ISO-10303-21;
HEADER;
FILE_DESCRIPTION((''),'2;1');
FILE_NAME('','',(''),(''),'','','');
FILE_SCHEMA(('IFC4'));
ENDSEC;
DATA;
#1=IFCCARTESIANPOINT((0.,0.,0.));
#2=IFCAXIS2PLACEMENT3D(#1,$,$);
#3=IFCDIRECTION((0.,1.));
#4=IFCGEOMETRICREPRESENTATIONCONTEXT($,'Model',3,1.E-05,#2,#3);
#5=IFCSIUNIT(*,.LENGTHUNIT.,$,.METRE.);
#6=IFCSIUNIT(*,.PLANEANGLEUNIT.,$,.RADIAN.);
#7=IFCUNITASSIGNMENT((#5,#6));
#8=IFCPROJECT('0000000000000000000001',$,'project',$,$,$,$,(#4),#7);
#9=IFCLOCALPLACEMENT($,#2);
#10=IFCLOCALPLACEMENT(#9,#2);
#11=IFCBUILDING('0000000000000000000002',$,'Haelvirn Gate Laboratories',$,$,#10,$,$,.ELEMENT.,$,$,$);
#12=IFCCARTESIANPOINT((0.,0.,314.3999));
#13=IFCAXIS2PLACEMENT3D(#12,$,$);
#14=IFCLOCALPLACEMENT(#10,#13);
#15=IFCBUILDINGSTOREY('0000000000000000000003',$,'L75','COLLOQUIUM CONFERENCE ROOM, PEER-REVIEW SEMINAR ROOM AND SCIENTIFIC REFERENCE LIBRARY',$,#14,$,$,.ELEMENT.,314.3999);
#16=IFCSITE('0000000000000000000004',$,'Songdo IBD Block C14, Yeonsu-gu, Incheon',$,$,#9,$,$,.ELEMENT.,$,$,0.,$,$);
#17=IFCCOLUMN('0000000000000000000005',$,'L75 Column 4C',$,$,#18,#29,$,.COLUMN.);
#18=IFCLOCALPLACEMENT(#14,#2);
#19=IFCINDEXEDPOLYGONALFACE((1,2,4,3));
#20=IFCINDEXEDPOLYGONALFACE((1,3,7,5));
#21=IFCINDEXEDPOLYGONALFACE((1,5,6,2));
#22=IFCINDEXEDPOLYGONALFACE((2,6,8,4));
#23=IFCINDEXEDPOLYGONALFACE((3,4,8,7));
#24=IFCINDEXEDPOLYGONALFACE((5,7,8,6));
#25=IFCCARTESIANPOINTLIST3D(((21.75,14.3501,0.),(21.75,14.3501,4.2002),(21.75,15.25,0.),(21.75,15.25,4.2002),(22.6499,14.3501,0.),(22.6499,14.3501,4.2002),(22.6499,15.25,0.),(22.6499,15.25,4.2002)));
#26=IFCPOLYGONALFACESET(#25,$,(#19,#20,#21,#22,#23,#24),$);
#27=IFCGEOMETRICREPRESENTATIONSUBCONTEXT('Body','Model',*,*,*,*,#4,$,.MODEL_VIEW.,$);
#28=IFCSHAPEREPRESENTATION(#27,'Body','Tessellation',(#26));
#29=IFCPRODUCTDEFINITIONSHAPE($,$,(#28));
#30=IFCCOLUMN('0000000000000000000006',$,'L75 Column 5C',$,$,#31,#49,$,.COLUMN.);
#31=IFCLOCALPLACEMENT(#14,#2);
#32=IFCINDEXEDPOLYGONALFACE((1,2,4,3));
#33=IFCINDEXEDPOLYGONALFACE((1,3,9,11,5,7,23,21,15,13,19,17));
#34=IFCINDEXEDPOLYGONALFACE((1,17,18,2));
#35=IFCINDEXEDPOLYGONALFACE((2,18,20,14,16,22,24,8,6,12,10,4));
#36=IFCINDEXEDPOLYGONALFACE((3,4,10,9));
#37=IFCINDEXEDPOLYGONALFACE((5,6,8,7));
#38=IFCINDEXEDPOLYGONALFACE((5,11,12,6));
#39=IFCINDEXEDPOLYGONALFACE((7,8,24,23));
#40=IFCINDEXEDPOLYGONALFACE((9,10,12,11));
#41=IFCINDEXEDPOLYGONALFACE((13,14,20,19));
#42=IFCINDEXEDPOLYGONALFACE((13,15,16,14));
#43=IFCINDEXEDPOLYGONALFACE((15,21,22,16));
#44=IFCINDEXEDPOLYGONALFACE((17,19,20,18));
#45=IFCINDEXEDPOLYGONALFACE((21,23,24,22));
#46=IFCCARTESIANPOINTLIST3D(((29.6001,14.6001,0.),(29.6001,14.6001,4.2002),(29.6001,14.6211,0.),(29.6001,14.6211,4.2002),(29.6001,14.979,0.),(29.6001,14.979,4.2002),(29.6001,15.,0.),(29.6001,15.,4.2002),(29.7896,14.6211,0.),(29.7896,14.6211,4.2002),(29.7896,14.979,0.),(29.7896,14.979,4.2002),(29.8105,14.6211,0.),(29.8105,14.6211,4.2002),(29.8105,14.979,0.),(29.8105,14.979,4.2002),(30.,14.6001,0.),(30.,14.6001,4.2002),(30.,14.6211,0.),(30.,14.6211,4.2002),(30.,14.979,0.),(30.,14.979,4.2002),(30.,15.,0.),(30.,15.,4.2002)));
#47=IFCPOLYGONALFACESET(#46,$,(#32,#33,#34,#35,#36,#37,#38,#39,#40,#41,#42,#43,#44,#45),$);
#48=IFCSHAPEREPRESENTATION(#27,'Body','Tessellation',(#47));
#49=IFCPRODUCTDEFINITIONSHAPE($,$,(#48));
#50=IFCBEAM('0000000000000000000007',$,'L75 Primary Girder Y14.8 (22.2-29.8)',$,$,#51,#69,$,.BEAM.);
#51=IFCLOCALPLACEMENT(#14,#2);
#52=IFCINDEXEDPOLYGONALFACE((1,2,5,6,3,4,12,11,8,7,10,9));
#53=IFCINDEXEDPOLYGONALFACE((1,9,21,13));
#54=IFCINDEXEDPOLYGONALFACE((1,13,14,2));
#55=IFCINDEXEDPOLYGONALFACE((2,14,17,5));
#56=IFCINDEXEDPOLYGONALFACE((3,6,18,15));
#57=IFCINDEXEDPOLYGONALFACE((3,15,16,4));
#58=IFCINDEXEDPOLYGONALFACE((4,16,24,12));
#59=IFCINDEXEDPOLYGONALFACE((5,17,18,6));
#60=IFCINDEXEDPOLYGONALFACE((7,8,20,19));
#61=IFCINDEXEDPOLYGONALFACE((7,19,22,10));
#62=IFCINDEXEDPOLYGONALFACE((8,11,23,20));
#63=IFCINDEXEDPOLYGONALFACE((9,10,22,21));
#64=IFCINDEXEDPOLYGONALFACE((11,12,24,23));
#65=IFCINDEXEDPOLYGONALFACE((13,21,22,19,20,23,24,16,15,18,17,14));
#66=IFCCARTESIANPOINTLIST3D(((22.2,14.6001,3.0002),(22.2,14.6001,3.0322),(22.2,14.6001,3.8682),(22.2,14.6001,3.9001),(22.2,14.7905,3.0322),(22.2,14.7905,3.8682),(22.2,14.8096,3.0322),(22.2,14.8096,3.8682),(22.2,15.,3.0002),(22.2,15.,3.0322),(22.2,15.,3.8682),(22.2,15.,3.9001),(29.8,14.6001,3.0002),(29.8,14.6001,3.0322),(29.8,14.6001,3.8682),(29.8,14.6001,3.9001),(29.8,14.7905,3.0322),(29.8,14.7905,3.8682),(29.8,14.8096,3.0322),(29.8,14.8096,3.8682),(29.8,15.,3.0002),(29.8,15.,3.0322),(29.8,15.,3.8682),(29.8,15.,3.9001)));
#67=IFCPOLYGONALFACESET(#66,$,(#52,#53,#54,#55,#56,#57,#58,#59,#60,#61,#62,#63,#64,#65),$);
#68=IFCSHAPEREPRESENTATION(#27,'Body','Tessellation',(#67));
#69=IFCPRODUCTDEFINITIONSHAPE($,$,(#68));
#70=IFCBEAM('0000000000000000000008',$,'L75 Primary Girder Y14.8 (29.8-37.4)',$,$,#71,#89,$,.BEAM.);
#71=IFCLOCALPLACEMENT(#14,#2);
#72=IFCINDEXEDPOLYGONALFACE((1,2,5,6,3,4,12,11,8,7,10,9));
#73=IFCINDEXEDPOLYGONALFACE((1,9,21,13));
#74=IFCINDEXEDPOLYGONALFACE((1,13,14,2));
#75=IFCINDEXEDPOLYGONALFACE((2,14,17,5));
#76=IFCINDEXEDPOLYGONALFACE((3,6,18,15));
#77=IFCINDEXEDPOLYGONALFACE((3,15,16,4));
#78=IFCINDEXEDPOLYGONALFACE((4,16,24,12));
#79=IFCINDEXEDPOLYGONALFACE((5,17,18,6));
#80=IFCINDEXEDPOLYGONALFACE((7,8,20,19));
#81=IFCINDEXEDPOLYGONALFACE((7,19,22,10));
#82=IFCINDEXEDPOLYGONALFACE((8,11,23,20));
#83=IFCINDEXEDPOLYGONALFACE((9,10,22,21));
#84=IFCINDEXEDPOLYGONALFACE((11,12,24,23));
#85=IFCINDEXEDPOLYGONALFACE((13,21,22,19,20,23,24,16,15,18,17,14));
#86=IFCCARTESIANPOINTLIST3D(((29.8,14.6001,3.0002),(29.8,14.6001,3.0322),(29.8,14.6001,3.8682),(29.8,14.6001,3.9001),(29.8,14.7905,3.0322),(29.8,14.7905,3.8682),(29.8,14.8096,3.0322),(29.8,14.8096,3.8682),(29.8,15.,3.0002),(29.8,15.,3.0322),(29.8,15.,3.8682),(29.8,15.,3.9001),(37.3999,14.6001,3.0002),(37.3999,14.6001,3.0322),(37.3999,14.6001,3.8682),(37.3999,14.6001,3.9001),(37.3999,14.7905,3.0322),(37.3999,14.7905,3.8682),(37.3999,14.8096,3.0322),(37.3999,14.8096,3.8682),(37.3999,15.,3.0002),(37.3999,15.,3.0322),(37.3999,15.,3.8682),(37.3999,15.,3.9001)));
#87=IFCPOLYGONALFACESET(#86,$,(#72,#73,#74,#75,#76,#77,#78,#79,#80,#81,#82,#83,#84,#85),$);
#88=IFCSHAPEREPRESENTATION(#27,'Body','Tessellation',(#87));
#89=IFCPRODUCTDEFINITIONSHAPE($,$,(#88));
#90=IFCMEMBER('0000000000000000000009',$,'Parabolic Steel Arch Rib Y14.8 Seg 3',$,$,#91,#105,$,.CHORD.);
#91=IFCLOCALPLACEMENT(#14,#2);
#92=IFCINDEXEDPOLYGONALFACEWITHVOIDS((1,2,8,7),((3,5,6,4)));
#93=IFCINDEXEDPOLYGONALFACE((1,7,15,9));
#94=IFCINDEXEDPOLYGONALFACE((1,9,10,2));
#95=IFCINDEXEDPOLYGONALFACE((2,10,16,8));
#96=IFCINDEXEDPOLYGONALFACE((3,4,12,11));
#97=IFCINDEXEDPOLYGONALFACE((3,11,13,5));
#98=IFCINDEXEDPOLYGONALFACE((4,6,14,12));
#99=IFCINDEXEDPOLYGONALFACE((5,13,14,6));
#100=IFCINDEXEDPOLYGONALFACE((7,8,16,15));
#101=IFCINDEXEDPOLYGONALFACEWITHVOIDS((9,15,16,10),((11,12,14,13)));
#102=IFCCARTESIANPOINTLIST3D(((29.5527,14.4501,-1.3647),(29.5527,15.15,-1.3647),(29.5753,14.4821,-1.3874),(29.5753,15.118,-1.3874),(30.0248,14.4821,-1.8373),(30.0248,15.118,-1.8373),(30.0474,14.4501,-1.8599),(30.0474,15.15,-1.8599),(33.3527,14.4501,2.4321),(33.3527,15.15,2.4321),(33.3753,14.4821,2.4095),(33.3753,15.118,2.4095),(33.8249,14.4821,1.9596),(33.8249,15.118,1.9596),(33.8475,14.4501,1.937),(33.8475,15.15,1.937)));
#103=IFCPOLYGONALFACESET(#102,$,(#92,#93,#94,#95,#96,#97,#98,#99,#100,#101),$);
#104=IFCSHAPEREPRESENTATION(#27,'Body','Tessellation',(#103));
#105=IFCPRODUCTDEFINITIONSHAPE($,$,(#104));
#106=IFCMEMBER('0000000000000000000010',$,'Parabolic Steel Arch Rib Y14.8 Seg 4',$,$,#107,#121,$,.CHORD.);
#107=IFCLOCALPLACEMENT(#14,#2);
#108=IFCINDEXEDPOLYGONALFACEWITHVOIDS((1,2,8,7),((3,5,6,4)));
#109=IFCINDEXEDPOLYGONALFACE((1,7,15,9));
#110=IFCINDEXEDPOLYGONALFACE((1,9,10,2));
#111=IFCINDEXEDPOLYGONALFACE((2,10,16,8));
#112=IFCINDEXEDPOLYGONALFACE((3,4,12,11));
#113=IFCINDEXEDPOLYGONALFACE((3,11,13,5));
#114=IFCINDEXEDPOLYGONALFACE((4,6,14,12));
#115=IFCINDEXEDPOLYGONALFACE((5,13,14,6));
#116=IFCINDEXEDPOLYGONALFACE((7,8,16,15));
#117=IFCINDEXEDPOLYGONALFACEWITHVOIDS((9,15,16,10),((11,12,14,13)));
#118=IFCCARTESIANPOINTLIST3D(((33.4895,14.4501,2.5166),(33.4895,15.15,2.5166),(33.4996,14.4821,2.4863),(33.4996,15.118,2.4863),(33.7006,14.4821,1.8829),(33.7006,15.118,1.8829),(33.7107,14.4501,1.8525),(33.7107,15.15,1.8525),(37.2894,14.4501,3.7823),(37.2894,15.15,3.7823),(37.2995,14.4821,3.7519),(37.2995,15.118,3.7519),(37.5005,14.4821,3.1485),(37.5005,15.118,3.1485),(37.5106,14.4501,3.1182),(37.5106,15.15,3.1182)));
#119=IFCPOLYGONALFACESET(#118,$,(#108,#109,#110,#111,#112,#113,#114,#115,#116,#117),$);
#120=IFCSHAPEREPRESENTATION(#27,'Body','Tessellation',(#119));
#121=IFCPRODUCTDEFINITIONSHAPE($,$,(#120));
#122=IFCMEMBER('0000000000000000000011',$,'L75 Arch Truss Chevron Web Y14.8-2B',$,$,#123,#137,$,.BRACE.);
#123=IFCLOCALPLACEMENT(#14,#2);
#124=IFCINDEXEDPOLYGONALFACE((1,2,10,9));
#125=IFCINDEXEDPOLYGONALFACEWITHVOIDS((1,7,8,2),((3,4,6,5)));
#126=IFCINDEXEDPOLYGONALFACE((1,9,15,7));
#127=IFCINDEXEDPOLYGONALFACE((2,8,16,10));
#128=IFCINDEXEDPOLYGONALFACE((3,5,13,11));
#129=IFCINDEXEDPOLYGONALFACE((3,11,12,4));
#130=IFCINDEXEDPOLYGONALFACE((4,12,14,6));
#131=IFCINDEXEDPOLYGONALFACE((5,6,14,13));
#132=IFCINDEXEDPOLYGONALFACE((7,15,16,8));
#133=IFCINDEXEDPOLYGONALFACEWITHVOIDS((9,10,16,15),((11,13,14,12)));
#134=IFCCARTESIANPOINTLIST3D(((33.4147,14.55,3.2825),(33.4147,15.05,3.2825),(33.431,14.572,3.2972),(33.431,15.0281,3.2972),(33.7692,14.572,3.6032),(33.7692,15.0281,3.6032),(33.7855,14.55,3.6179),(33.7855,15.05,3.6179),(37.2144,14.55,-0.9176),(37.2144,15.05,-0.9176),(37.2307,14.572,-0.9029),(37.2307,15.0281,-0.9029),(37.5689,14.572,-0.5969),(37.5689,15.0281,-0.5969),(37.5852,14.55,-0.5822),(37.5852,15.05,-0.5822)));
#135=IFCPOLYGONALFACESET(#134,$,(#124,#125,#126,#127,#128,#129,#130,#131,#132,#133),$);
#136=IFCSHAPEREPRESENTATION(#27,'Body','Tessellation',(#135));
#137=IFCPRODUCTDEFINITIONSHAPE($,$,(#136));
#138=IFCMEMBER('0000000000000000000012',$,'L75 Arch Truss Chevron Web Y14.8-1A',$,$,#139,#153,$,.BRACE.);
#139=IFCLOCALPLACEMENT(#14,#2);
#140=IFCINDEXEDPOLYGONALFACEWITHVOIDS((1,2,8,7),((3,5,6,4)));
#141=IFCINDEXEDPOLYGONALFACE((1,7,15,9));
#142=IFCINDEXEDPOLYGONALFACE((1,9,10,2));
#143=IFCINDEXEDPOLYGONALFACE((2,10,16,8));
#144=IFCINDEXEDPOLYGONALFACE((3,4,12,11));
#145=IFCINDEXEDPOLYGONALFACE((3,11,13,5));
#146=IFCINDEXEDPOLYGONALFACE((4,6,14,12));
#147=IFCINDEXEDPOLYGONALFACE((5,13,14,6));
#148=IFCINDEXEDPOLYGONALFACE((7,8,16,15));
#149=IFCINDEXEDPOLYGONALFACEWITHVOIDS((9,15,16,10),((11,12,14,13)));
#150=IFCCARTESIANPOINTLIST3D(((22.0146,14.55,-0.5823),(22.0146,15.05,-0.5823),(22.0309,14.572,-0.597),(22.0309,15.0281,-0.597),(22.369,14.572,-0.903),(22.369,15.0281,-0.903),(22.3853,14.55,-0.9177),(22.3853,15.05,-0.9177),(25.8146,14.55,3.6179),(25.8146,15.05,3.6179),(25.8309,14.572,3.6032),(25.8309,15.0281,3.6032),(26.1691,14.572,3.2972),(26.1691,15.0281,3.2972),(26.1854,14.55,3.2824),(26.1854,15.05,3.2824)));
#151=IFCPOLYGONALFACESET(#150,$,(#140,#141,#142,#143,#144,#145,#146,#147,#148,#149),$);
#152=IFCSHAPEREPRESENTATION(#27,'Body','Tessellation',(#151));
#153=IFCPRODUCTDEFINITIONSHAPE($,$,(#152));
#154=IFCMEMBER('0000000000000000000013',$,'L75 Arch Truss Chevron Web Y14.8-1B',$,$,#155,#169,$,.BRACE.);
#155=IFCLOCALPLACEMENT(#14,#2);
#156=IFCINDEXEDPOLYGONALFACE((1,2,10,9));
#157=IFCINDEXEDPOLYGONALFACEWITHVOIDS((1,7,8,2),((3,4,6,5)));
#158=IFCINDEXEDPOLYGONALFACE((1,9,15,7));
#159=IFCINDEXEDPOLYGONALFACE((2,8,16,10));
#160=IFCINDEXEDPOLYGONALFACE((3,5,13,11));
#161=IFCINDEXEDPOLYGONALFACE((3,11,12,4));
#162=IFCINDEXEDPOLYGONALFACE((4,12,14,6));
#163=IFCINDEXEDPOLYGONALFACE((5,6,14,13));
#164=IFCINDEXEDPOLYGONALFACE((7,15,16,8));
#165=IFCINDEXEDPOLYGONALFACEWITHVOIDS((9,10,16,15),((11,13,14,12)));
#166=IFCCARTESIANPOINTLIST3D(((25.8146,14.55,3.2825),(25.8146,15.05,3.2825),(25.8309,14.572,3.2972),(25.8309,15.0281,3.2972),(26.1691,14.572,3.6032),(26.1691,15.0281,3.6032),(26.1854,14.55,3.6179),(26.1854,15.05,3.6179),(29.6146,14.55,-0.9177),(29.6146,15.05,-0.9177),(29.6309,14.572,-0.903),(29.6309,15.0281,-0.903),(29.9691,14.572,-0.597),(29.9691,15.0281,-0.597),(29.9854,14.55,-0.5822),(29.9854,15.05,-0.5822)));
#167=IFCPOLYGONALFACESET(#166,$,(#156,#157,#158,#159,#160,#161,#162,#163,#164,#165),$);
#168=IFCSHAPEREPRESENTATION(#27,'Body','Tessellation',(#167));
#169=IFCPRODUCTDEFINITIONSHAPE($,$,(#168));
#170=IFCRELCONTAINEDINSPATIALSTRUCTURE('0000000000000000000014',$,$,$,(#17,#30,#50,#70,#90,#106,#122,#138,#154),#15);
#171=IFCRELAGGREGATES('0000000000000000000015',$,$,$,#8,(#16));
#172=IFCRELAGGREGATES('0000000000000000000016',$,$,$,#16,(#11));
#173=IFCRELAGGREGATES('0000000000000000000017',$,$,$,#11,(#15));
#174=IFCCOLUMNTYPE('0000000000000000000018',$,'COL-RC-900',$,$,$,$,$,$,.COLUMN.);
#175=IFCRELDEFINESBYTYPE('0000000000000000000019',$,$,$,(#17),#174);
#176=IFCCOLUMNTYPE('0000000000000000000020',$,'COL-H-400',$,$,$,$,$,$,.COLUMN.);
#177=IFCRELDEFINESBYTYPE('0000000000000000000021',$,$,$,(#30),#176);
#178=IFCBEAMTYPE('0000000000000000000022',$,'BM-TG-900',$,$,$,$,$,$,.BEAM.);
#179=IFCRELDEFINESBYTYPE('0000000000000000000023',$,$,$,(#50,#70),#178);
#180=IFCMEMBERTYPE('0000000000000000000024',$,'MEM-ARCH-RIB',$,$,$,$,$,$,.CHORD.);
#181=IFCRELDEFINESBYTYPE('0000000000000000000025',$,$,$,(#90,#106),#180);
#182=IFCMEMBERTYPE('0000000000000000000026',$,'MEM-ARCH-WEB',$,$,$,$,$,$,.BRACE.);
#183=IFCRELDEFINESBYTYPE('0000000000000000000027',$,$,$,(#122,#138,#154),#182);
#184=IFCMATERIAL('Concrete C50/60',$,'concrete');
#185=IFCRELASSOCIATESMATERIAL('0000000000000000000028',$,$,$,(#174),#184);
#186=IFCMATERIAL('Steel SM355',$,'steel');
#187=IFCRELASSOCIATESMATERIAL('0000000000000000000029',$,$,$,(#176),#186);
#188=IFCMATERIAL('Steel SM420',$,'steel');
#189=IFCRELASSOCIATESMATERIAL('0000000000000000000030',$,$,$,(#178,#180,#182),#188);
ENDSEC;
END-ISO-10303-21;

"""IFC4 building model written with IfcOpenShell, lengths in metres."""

from ifc_helpers import new_model, si_unit, direction, frame, origin, origin_2d, place, context, subcontext, project, spatial, rectangle, hollow_rectangle, i_section, extrude, source, transform, mapped, material, material_profile, profile_set, type_object, type_shapes, element, save


model = new_model("IFC4")

# Units and contexts
model_context = context("Model", 3, precision=1e-05, world=origin(), true_north=direction((0.0, 1.0)))
body_context = subcontext(model_context, "Body", "Model", "MODEL_VIEW")
ifc_project = project(units=[si_unit("LENGTHUNIT", "METRE"), si_unit("PLANEANGLEUNIT", "RADIAN")], contexts=[model_context])

# Site, building, storey
site_placement = place(None, origin())
site = spatial("IfcSite", under=ifc_project, at=site_placement, Name="Songdo IBD Block C14, Yeonsu-gu, Incheon", CompositionType="ELEMENT", RefElevation=0.0)
building_placement = place(site_placement, origin())
building = spatial("IfcBuilding", under=site, at=building_placement, Name="Haelvirn Gate Laboratories", CompositionType="ELEMENT")
storey_placement = place(building_placement, frame((0.0, 0.0, 314.3999)))
storey = spatial("IfcBuildingStorey", under=building, at=storey_placement, Name="L75", Description="COLLOQUIUM CONFERENCE ROOM, PEER-REVIEW SEMINAR ROOM AND SCIENTIFIC REFERENCE LIBRARY", CompositionType="ELEMENT", Elevation=314.3999)

# Columns
ifc_material_1 = material(Name="Concrete C50/60", Category="concrete")
ifc_material_profile_1 = material_profile(ifc_material_1, rectangle(XDim=0.8999, YDim=0.8999, at=origin_2d()), Name="RC-900x900")
ifc_profile_set_1 = profile_set([ifc_material_profile_1], Name="Concrete C50/60")
column_type_1 = type_object("IfcColumnType", Name="COL-RC-900", PredefinedType="COLUMN", material=ifc_profile_set_1)
shared_shape_1 = source(origin(), body_context, "Body", "SweptSolid", [
    extrude(rectangle(XDim=0.8999, YDim=0.8999, at=origin_2d()), origin(), (0.0, 0.0, 1.0), 4.2002),
])
type_shapes(column_type_1, [shared_shape_1])
column_1_placement = place(storey_placement, frame((22.2, 14.8, 0.0), z_axis=(0.0, 0.0, 1.0), x_axis=(1.0, 0.0, 0.0)))
element("IfcColumn", 1, at=column_1_placement, inside=storey, type_object=column_type_1, Name="L75 Column 4C", PredefinedType="COLUMN", context=body_context, shape_type="MappedRepresentation", body=[
    mapped(shared_shape_1, transform((0.0, 0.0, 0.0), scale=1.0)),
])
ifc_material_2 = material(Name="Steel SM355", Category="steel")
ifc_material_profile_2 = material_profile(ifc_material_2, i_section(OverallWidth=0.3999, OverallDepth=0.3999, WebThickness=0.021, FlangeThickness=0.021, at=origin_2d()), Name="H-400x400x21x21")
ifc_profile_set_2 = profile_set([ifc_material_profile_2], Name="Steel SM355")
column_type_2 = type_object("IfcColumnType", Name="COL-H-400", PredefinedType="COLUMN", material=ifc_profile_set_2)
shared_shape_2 = source(origin(), body_context, "Body", "SweptSolid", [
    extrude(i_section(OverallWidth=0.3999, OverallDepth=0.3999, WebThickness=0.021, FlangeThickness=0.021, at=origin_2d()), origin(), (0.0, 0.0, 1.0), 4.2002),
])
type_shapes(column_type_2, [shared_shape_2])
column_2_placement = place(storey_placement, frame((29.8, 14.8, 0.0), z_axis=(0.0, 0.0, 1.0), x_axis=(1.0, 0.0, 0.0)))
element("IfcColumn", 2, at=column_2_placement, inside=storey, type_object=column_type_2, Name="L75 Column 5C", PredefinedType="COLUMN", context=body_context, shape_type="MappedRepresentation", body=[
    mapped(shared_shape_2, transform((0.0, 0.0, 0.0), scale=1.0)),
])

# Beams
ifc_material_3 = material(Name="Steel SM420", Category="steel")
ifc_material_profile_3 = material_profile(ifc_material_3, i_section(OverallWidth=0.3999, OverallDepth=0.8999, WebThickness=0.019, FlangeThickness=0.032, at=origin_2d()), Name="H-900x400x19x32")
ifc_profile_set_3 = profile_set([ifc_material_profile_3], Name="Steel SM420")
beam_type = type_object("IfcBeamType", Name="BM-TG-900", PredefinedType="BEAM", material=ifc_profile_set_3)
shared_shape_3 = source(origin(), body_context, "Body", "SweptSolid", [
    extrude(i_section(OverallWidth=0.3999, OverallDepth=0.8999, WebThickness=0.019, FlangeThickness=0.032, at=origin_2d()), origin(), (0.0, 0.0, 1.0), 7.6001),
])
beam_1_placement = place(storey_placement, frame((22.2, 14.8, 3.4502), z_axis=(1.0, 0.0, 0.0), x_axis=(0.0, 1.0, 0.0)))
element("IfcBeam", 3, at=beam_1_placement, inside=storey, type_object=beam_type, Name="L75 Primary Girder Y14.8 (22.2-29.8)", PredefinedType="BEAM", context=body_context, shape_type="MappedRepresentation", body=[
    mapped(shared_shape_3, transform((0.0, 0.0, 0.0), scale=1.0)),
])
shared_shape_4 = source(origin(), body_context, "Body", "SweptSolid", [
    extrude(i_section(OverallWidth=0.3999, OverallDepth=0.8999, WebThickness=0.019, FlangeThickness=0.032, at=origin_2d()), origin(), (0.0, 0.0, 1.0), 7.5999),
])
type_shapes(beam_type, [shared_shape_3, shared_shape_4])
beam_2_placement = place(storey_placement, frame((29.8, 14.8, 3.4502), z_axis=(1.0, 0.0, 0.0), x_axis=(0.0, 1.0, 0.0)))
element("IfcBeam", 4, at=beam_2_placement, inside=storey, type_object=beam_type, Name="L75 Primary Girder Y14.8 (29.8-37.4)", PredefinedType="BEAM", context=body_context, shape_type="MappedRepresentation", body=[
    mapped(shared_shape_4, transform((0.0, 0.0, 0.0), scale=1.0)),
])

# Members
ifc_material_profile_4 = material_profile(ifc_material_3, hollow_rectangle(XDim=0.7, YDim=0.7, WallThickness=0.032, at=origin_2d()), Name="BOX-700x700x32")
ifc_profile_set_4 = profile_set([ifc_material_profile_4], Name="Steel SM420")
member_type_1 = type_object("IfcMemberType", Name="MEM-ARCH-RIB", PredefinedType="CHORD", material=ifc_profile_set_4)
shared_shape_5 = source(origin(), body_context, "Body", "SweptSolid", [
    extrude(hollow_rectangle(XDim=0.7, YDim=0.7, WallThickness=0.032, at=origin_2d()), origin(), (0.0, 0.0, 1.0), 5.3718),
])
member_1_placement = place(storey_placement, frame((29.8, 14.8, -1.6123), z_axis=(0.707402, 0.0, 0.706811), x_axis=(0.0, 1.0, 0.0)))
element("IfcMember", 5, at=member_1_placement, inside=storey, type_object=member_type_1, Name="Parabolic Steel Arch Rib Y14.8 Seg 3", PredefinedType="CHORD", context=body_context, shape_type="MappedRepresentation", body=[
    mapped(shared_shape_5, transform((0.0, 0.0, 0.0), scale=1.0)),
])
shared_shape_6 = source(origin(), body_context, "Body", "SweptSolid", [
    extrude(hollow_rectangle(XDim=0.7, YDim=0.7, WallThickness=0.032, at=origin_2d()), origin(), (0.0, 0.0, 1.0), 4.0051),
])
type_shapes(member_type_1, [shared_shape_5, shared_shape_6])
member_2_placement = place(storey_placement, frame((33.6001, 14.8, 2.1846), z_axis=(0.948756, 0.0, 0.316008), x_axis=(0.0, 1.0, 0.0)))
element("IfcMember", 6, at=member_2_placement, inside=storey, type_object=member_type_1, Name="Parabolic Steel Arch Rib Y14.8 Seg 4", PredefinedType="CHORD", context=body_context, shape_type="MappedRepresentation", body=[
    mapped(shared_shape_6, transform((0.0, 0.0, 0.0), scale=1.0)),
])
ifc_material_profile_5 = material_profile(ifc_material_3, hollow_rectangle(XDim=0.5, YDim=0.5, WallThickness=0.022, at=origin_2d()), Name="BOX-500x500x22")
ifc_profile_set_5 = profile_set([ifc_material_profile_5], Name="Steel SM420")
member_type_2 = type_object("IfcMemberType", Name="MEM-ARCH-WEB", PredefinedType="BRACE", material=ifc_profile_set_5)
shared_shape_7 = source(origin(), body_context, "Body", "SweptSolid", [
    extrude(hollow_rectangle(XDim=0.5, YDim=0.5, WallThickness=0.022, at=origin_2d()), origin(), (0.0, 0.0, 1.0), 5.6638),
])
member_3_placement = place(storey_placement, frame((33.6001, 14.8, 3.4502), z_axis=(0.670877, 0.0, -0.741568), x_axis=(0.0, 1.0, 0.0)))
element("IfcMember", 7, at=member_3_placement, inside=storey, type_object=member_type_2, Name="L75 Arch Truss Chevron Web Y14.8-2B", PredefinedType="BRACE", context=body_context, shape_type="MappedRepresentation", body=[
    mapped(shared_shape_7, transform((0.0, 0.0, 0.0), scale=1.0)),
])
shared_shape_8 = source(origin(), body_context, "Body", "SweptSolid", [
    extrude(hollow_rectangle(XDim=0.5, YDim=0.5, WallThickness=0.022, at=origin_2d()), origin(), (0.0, 0.0, 1.0), 5.6641),
])
type_shapes(member_type_2, [shared_shape_7, shared_shape_8])
for number, where, z_axis, x_axis, name in (
    (8, (22.2, 14.8, -0.75), (0.670901, 0.0, 0.741547), (0.0, 1.0, 0.0), "L75 Arch Truss Chevron Web Y14.8-1A"),
    (9, (26.0, 14.8, 3.4502), (0.670901, 0.0, -0.741547), (0.0, 1.0, 0.0), "L75 Arch Truss Chevron Web Y14.8-1B"),
):
    element("IfcMember", number, at=place(storey_placement, frame(where, z_axis=z_axis, x_axis=x_axis)), inside=storey, type_object=member_type_2, Name=name, PredefinedType="BRACE", context=body_context, shape_type="MappedRepresentation", body=[
        mapped(shared_shape_8, transform((0.0, 0.0, 0.0), scale=1.0)),
    ])

save(model, "model.ifc")
